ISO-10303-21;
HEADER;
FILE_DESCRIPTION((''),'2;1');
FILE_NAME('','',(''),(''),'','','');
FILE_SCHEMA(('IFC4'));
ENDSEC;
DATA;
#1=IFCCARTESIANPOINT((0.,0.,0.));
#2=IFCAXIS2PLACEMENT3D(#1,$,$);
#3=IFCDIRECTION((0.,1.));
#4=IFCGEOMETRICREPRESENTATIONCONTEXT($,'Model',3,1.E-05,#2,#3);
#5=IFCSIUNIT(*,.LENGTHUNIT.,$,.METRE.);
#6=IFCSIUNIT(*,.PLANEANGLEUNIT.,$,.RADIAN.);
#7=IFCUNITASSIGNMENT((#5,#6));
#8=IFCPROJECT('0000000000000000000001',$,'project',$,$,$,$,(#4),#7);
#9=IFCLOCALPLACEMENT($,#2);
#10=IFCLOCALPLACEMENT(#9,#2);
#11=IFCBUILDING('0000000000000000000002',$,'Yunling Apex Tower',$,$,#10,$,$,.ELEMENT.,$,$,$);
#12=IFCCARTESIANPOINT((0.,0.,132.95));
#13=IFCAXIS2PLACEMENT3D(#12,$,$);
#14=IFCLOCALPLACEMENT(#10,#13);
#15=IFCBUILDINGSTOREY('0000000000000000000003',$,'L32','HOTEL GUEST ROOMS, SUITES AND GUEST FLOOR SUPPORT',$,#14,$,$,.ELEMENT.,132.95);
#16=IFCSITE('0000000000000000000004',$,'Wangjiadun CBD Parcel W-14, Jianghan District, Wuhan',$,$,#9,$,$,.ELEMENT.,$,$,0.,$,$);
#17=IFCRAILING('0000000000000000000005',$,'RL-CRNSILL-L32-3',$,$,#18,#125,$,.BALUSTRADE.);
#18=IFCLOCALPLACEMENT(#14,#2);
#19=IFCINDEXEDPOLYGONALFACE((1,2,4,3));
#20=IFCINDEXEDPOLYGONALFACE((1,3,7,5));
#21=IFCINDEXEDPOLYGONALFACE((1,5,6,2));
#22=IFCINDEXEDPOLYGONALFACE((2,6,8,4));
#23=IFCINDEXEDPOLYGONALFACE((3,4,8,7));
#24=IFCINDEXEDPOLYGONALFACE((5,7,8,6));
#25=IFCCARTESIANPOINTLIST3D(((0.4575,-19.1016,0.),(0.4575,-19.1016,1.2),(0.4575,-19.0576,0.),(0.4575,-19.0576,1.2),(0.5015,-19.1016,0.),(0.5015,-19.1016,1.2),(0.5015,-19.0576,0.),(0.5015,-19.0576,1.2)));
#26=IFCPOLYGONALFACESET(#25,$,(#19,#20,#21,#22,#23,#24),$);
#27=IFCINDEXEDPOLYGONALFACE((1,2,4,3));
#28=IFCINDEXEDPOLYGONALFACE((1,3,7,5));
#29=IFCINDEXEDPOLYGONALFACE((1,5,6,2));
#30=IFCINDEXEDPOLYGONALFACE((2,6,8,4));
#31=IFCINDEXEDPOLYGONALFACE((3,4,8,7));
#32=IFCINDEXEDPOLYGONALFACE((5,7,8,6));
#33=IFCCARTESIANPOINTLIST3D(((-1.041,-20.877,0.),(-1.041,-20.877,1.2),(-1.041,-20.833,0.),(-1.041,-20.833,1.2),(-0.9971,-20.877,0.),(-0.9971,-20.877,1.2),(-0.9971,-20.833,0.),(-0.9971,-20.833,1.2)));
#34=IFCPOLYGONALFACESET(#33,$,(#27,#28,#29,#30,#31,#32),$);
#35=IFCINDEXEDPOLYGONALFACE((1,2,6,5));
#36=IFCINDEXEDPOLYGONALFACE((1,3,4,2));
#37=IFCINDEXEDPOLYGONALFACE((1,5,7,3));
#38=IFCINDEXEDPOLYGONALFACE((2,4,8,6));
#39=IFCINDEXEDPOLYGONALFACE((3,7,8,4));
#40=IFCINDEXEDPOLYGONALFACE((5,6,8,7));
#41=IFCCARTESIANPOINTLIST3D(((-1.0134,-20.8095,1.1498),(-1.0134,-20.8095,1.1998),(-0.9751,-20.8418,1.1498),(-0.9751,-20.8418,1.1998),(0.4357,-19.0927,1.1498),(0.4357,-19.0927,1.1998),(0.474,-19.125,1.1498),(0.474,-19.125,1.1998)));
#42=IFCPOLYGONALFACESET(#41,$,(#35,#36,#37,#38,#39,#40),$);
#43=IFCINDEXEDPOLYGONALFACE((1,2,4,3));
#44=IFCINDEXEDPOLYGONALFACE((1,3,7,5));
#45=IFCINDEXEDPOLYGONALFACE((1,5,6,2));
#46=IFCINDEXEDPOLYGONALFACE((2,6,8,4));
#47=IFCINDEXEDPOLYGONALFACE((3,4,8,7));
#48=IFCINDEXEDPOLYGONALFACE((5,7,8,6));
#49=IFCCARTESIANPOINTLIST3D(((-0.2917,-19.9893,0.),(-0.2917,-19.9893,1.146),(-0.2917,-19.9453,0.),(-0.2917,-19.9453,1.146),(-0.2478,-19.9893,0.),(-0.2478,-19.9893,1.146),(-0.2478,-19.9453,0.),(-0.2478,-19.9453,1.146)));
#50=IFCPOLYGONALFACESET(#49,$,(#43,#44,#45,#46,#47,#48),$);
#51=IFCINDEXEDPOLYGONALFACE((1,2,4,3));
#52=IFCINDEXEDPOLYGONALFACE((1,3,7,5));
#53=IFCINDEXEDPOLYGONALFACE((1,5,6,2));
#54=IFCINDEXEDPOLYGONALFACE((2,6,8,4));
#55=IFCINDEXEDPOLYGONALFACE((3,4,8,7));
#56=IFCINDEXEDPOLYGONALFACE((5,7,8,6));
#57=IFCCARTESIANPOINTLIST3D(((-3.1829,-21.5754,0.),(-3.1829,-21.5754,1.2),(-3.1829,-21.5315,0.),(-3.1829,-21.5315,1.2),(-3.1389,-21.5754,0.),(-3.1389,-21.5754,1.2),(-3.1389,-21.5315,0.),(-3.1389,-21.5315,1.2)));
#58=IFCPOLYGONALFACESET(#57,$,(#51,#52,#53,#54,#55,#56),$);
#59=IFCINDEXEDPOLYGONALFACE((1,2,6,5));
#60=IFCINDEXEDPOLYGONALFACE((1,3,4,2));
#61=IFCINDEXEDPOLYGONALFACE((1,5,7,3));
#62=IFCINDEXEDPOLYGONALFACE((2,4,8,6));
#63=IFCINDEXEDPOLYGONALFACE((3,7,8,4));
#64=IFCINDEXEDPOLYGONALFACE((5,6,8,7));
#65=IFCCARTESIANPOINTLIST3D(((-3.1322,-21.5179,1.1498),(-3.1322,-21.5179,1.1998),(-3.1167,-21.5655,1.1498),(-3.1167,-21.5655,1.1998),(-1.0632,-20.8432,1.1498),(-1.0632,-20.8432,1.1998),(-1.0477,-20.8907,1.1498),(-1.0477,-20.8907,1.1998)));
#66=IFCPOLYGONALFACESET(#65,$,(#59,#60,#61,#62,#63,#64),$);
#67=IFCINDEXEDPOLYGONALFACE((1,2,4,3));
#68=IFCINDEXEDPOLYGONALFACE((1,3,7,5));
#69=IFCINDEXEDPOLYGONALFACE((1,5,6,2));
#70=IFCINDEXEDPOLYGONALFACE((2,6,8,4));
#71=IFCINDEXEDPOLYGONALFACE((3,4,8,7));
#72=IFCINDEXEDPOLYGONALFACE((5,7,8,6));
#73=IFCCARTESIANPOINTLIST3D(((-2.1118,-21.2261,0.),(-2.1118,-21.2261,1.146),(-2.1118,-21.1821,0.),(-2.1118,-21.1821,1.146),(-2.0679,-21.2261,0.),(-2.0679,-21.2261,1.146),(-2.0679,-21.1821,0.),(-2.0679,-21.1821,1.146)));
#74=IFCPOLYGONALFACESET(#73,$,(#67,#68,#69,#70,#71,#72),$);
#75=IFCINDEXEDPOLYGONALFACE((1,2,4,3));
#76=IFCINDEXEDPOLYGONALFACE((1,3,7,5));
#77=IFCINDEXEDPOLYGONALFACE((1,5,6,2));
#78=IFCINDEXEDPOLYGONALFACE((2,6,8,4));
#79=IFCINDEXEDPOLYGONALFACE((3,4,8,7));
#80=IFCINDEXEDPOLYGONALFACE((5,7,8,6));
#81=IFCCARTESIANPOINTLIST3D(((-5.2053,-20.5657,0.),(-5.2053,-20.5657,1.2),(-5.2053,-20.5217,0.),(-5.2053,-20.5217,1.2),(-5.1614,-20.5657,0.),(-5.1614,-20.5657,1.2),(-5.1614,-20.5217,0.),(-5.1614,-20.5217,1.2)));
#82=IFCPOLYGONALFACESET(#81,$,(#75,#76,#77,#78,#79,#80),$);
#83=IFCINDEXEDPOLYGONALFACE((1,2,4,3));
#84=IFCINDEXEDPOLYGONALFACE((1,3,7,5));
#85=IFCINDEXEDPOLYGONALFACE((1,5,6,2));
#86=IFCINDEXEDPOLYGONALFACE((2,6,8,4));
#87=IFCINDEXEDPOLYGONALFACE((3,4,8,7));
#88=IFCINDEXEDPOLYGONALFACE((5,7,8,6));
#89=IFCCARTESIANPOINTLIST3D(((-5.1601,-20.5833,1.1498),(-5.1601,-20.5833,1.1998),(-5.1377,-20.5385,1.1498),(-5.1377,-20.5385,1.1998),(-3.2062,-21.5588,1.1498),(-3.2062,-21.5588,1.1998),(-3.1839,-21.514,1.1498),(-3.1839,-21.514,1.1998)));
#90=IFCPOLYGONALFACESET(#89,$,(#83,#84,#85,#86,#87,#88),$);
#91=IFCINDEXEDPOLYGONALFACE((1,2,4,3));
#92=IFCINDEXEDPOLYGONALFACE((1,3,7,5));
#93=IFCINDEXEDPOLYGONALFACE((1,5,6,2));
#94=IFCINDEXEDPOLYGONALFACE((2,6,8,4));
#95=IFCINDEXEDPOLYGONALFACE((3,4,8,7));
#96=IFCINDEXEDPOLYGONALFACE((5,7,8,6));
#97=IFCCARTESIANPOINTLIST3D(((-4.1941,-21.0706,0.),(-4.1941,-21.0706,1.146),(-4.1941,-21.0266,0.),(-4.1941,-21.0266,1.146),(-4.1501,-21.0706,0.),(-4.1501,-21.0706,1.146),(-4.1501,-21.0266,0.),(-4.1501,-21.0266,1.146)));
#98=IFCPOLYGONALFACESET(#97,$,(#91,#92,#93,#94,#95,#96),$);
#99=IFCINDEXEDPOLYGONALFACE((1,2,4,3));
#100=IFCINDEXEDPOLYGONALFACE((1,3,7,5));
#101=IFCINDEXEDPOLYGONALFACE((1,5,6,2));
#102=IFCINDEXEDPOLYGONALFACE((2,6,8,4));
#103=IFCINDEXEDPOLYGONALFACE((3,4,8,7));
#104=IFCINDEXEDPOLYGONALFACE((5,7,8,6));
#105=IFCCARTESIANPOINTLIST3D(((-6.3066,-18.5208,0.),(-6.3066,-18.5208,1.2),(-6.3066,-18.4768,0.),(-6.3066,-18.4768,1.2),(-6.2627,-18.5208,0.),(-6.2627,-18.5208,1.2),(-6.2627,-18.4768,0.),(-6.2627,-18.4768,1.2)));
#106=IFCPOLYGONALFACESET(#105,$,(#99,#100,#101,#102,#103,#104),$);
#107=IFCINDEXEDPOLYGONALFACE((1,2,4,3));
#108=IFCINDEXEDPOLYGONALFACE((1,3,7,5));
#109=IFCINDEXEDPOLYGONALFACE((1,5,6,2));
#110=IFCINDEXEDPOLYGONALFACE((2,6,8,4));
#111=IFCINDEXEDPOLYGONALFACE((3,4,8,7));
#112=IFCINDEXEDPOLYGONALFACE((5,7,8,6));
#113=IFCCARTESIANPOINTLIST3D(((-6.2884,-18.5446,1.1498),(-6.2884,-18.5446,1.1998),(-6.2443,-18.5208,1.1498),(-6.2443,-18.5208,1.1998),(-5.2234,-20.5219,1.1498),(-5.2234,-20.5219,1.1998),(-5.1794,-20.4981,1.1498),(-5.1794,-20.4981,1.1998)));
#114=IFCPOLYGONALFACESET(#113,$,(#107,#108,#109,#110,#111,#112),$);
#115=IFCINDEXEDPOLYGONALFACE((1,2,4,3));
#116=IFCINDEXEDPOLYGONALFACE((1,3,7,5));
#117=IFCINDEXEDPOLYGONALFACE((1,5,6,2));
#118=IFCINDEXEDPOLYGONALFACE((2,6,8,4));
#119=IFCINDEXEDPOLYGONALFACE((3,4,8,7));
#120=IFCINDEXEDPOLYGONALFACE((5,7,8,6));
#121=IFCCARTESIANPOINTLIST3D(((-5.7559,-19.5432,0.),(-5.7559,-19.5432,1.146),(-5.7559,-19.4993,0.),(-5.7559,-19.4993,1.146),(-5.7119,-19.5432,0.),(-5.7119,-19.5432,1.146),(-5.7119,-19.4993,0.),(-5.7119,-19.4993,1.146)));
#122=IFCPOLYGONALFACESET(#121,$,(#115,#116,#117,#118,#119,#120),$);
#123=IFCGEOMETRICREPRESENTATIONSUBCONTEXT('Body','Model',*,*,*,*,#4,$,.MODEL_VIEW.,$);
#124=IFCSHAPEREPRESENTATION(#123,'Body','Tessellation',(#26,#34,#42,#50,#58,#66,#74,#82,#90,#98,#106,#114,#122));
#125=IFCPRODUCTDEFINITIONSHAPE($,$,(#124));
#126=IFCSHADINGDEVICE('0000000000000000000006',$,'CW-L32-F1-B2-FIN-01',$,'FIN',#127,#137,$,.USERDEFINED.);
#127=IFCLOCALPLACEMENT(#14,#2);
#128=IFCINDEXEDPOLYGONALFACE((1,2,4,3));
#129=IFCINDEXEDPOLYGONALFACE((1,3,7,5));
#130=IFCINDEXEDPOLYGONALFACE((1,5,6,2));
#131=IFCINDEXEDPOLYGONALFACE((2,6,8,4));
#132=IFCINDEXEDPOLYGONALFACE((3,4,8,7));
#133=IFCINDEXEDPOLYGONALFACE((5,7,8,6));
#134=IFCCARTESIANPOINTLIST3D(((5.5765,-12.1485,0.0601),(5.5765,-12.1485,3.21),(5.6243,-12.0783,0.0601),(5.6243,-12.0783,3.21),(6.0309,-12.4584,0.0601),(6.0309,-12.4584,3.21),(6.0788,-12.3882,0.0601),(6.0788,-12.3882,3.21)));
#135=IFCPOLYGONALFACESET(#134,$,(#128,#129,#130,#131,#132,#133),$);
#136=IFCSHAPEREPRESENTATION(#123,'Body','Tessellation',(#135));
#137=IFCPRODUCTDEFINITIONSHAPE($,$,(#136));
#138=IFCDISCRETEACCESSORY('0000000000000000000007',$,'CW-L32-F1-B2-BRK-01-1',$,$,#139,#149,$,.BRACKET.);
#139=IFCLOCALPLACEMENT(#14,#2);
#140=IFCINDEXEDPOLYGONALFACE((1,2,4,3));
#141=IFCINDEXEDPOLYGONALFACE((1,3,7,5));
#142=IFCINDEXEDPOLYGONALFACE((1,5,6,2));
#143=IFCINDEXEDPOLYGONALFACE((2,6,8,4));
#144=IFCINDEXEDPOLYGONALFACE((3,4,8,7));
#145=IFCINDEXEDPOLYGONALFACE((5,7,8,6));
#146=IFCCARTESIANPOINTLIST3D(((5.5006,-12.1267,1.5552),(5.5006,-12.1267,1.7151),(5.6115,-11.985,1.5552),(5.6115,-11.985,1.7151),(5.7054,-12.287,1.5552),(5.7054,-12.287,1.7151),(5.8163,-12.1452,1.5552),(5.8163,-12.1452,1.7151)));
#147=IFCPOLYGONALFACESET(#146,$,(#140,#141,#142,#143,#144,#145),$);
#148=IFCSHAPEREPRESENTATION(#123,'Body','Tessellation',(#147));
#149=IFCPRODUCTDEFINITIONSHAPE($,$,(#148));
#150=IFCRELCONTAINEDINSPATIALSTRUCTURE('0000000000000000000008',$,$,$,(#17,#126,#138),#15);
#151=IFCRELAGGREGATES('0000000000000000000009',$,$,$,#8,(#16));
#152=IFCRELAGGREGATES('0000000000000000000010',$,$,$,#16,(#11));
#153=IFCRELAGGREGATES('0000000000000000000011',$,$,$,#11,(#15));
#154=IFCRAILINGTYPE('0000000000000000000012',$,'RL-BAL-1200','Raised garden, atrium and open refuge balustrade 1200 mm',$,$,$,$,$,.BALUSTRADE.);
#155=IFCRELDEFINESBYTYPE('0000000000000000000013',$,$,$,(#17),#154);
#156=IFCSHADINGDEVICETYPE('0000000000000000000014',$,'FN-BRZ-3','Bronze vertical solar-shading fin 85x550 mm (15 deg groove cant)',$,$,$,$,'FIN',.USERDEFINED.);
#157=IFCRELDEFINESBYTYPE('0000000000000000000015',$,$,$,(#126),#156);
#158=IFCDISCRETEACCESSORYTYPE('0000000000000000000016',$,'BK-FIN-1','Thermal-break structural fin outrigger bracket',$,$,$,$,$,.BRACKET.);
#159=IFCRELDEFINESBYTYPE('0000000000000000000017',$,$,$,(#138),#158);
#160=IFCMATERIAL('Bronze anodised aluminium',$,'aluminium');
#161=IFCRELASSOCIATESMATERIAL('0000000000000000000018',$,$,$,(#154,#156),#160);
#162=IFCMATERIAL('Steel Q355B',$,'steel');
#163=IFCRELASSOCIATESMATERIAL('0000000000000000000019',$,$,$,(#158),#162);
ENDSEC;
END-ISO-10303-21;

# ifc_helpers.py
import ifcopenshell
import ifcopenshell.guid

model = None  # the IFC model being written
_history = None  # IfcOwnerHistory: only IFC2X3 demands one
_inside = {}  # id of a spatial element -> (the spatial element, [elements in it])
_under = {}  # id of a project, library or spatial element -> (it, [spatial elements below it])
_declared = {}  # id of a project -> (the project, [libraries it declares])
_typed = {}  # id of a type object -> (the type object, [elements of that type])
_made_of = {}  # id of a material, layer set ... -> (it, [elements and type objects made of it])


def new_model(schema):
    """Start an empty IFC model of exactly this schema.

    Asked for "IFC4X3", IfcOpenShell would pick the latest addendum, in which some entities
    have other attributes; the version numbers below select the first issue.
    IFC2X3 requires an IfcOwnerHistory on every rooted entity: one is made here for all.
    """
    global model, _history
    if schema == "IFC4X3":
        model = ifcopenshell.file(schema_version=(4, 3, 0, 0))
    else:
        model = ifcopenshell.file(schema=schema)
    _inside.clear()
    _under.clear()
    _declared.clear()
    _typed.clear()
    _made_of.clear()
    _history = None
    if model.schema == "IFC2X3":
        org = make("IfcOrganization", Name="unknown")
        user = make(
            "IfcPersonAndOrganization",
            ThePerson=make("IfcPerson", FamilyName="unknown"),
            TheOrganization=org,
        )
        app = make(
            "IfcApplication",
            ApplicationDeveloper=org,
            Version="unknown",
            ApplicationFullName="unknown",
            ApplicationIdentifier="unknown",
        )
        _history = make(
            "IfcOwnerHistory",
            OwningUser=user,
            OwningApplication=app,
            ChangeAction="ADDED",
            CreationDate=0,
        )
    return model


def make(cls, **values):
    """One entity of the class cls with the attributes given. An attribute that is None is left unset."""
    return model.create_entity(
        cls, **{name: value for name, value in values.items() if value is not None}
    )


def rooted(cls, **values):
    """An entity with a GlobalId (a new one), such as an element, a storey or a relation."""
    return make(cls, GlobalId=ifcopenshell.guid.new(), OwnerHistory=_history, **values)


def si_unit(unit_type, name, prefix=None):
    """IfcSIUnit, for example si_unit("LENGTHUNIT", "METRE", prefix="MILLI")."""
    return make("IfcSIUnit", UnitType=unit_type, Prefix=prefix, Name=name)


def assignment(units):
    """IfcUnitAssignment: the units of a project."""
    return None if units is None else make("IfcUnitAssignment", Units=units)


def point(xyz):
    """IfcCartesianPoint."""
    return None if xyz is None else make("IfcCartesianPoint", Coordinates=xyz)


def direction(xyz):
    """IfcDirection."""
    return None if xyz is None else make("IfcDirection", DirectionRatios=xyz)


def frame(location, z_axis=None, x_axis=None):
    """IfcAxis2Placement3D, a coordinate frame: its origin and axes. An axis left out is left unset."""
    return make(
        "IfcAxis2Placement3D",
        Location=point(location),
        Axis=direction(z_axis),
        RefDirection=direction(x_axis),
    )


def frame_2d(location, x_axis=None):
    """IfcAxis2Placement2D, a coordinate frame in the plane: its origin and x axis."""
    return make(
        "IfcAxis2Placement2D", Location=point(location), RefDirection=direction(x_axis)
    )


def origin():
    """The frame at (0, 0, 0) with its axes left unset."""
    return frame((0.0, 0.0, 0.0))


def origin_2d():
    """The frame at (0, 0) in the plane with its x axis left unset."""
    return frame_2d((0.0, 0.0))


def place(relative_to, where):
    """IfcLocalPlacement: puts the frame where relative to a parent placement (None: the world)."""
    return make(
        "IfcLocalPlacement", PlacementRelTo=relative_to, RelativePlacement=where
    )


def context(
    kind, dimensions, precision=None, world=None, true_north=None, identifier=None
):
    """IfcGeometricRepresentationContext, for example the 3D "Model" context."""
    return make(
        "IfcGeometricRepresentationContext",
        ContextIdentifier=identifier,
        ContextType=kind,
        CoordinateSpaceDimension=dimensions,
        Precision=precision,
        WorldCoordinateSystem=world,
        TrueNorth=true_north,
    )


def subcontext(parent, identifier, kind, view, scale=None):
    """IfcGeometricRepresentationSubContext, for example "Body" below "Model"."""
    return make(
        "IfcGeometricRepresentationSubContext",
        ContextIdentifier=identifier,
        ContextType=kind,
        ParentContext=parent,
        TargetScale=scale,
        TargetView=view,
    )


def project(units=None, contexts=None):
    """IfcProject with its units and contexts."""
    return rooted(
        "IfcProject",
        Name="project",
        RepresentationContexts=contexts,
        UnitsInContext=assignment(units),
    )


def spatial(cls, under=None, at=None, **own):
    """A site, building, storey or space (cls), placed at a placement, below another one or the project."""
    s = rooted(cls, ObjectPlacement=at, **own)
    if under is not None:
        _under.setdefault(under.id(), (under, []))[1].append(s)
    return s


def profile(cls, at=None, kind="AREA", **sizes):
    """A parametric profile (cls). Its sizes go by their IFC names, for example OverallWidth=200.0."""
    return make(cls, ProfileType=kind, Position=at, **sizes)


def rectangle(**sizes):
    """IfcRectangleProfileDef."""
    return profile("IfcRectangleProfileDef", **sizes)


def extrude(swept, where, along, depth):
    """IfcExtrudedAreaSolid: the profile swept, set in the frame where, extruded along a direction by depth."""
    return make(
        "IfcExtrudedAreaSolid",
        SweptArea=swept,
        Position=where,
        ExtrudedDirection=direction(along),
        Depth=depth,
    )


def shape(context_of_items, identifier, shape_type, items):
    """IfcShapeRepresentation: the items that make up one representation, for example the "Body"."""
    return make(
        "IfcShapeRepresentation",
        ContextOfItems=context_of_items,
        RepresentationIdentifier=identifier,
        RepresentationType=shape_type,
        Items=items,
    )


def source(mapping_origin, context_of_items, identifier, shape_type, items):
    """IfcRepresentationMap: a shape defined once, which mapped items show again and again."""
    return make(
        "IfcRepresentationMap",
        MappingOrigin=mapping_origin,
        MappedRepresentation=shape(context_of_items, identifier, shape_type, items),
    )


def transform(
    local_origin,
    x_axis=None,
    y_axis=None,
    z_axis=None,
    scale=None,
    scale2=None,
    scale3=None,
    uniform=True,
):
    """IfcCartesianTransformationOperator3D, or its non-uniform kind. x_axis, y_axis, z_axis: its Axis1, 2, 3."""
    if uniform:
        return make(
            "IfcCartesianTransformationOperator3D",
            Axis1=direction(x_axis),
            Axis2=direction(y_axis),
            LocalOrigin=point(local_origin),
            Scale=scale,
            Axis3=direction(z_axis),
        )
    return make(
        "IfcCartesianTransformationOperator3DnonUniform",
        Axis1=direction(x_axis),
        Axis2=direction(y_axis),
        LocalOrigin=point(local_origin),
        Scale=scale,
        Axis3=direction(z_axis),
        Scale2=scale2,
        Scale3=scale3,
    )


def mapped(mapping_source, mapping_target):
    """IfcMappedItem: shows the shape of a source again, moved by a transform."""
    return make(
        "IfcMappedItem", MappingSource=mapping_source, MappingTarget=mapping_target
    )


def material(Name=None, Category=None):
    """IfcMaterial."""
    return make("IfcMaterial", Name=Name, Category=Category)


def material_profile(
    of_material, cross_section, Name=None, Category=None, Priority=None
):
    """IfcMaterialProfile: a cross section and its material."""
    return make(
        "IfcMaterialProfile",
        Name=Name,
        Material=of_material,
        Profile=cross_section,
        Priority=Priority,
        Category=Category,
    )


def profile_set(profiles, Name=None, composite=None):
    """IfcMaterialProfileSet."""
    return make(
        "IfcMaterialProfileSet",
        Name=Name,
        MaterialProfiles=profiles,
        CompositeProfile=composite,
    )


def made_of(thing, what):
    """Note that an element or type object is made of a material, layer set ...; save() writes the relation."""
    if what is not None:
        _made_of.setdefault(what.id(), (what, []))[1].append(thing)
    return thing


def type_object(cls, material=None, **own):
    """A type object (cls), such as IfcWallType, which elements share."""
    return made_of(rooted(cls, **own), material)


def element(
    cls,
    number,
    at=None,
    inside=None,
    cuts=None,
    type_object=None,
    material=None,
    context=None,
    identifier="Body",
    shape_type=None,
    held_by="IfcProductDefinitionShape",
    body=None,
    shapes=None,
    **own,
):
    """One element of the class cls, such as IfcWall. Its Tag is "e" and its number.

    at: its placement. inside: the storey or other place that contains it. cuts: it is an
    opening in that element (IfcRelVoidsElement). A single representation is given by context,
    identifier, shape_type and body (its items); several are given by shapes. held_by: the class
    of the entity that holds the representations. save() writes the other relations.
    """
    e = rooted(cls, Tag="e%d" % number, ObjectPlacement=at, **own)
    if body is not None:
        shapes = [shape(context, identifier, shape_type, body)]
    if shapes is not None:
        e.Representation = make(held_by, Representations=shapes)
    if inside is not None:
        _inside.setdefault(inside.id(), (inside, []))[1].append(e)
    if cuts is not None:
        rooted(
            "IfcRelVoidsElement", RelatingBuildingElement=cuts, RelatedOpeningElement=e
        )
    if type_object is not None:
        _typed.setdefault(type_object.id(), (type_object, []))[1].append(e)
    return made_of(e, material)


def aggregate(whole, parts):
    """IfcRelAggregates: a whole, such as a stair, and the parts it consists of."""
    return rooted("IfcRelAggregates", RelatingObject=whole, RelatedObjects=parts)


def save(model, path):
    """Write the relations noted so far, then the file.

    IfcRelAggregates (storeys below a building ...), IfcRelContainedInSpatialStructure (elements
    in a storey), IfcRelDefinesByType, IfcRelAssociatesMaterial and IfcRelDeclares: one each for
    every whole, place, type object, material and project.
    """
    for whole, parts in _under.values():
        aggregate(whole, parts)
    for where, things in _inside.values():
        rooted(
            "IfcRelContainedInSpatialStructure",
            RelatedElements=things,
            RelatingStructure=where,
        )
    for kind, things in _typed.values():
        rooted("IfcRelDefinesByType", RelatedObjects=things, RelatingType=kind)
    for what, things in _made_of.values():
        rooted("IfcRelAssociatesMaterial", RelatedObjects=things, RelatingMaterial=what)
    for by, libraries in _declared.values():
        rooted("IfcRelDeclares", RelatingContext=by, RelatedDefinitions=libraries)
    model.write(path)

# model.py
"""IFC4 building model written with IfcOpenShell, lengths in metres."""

from ifc_helpers import new_model, si_unit, direction, frame, origin, origin_2d, place, context, subcontext, project, spatial, rectangle, extrude, source, transform, mapped, material, material_profile, profile_set, type_object, element, save


model = new_model("IFC4")

# Units and contexts
model_context = context("Model", 3, precision=1e-05, world=origin(), true_north=direction((0.0, 1.0)))
body_context = subcontext(model_context, "Body", "Model", "MODEL_VIEW")
ifc_project = project(units=[si_unit("LENGTHUNIT", "METRE"), si_unit("PLANEANGLEUNIT", "RADIAN")], contexts=[model_context])

# Site, building, storey
site_placement = place(None, origin())
site = spatial("IfcSite", under=ifc_project, at=site_placement, Name="Wangjiadun CBD Parcel W-14, Jianghan District, Wuhan", CompositionType="ELEMENT", RefElevation=0.0)
building_placement = place(site_placement, origin())
building = spatial("IfcBuilding", under=site, at=building_placement, Name="Yunling Apex Tower", CompositionType="ELEMENT")
storey_placement = place(building_placement, frame((0.0, 0.0, 132.95)))
storey = spatial("IfcBuildingStorey", under=building, at=storey_placement, Name="L32", Description="HOTEL GUEST ROOMS, SUITES AND GUEST FLOOR SUPPORT", CompositionType="ELEMENT", Elevation=132.95)

# Shared definitions
ifc_material_1 = material(Name="Steel Q355B", Category="steel")

# Shared definitions
ifc_material_2 = material(Name="Bronze anodised aluminium", Category="aluminium")

# Railing
railing_type = type_object("IfcRailingType", Name="RL-BAL-1200", Description="Raised garden, atrium and open refuge balustrade 1200 mm", PredefinedType="BALUSTRADE", material=ifc_material_2)
railing_placement = place(storey_placement, frame((0.4795, -19.0796, 0.0)))
element("IfcRailing", 1, at=railing_placement, inside=storey, type_object=railing_type, Name="RL-CRNSILL-L32-3", PredefinedType="BALUSTRADE", context=body_context, shape_type="SweptSolid", body=[
    extrude(rectangle(XDim=0.0439, YDim=0.0439, at=origin_2d()), origin(), (0.0, 0.0, 1.0), 1.2),
    extrude(rectangle(XDim=0.0439, YDim=0.0439, at=origin_2d()), frame((-1.4985, -1.7754, 0.0)), (0.0, 0.0, 1.0), 1.2),
    extrude(rectangle(XDim=0.05, YDim=0.05, at=origin_2d()), frame((-0.0247, -0.0293, 1.1748), z_axis=(-0.645009, -0.764175, 0.0), x_axis=(0.764175, -0.645009, 0.0)), (0.0, 0.0, 1.0), 2.2466),
    extrude(rectangle(XDim=0.0439, YDim=0.0439, at=origin_2d()), frame((-0.7493, -0.8877, 0.0)), (0.0, 0.0, 1.0), 1.146),
    extrude(rectangle(XDim=0.0439, YDim=0.0439, at=origin_2d()), frame((-3.6404, -2.4739, 0.0)), (0.0, 0.0, 1.0), 1.2),
    extrude(rectangle(XDim=0.05, YDim=0.05, at=origin_2d()), frame((-1.5349, -1.7874, 1.1748), z_axis=(-0.950722, -0.310044, 0.0), x_axis=(0.310044, -0.950722, 0.0)), (0.0, 0.0, 1.0), 2.1763),
    extrude(rectangle(XDim=0.0439, YDim=0.0439, at=origin_2d()), frame((-2.5693, -2.1245, 0.0)), (0.0, 0.0, 1.0), 1.146),
    extrude(rectangle(XDim=0.0439, YDim=0.0439, at=origin_2d()), frame((-5.6628, -1.4641, 0.0)), (0.0, 0.0, 1.0), 1.2),
    extrude(rectangle(XDim=0.05, YDim=0.05, at=origin_2d()), frame((-3.6746, -2.4568, 1.1748), z_axis=(-0.894686, 0.446695, 0.0), x_axis=(-0.446695, -0.894686, 0.0)), (0.0, 0.0, 1.0), 2.1838),
    extrude(rectangle(XDim=0.0439, YDim=0.0439, at=origin_2d()), frame((-4.6516, -1.969, 0.0)), (0.0, 0.0, 1.0), 1.146),
    extrude(rectangle(XDim=0.0439, YDim=0.0439, at=origin_2d()), frame((-6.7642, 0.5808, 0.0)), (0.0, 0.0, 1.0), 1.2),
    extrude(rectangle(XDim=0.05, YDim=0.05, at=origin_2d()), frame((-5.6809, -1.4304, 1.1748), z_axis=(-0.474169, 0.880434, 0.0), x_axis=(-0.880434, -0.474169, 0.0)), (0.0, 0.0, 1.0), 2.2458),
    extrude(rectangle(XDim=0.0439, YDim=0.0439, at=origin_2d()), frame((-6.2134, -0.4417, 0.0)), (0.0, 0.0, 1.0), 1.146),
])

# Shading device
ifc_material_profile_1 = material_profile(ifc_material_2, rectangle(XDim=0.085, YDim=0.55, at=origin_2d()))
ifc_profile_set_1 = profile_set([ifc_material_profile_1], Name="Bronze anodised aluminium")
shading_device_type = type_object("IfcShadingDeviceType", Name="FN-BRZ-3", Description="Bronze vertical solar-shading fin 85x550 mm (15 deg groove cant)", ElementType="FIN", PredefinedType="USERDEFINED", material=ifc_profile_set_1)
shared_shape_1 = source(origin(), body_context, "Body", "SweptSolid", [
    extrude(rectangle(XDim=0.085, YDim=0.55, at=origin_2d()), origin(), (0.0, 0.0, 1.0), 3.1499),
])
shading_device_placement = place(storey_placement, frame((5.8276, -12.2683, 0.0601), z_axis=(0.0, 0.0, 1.0), x_axis=(0.563382, 0.826197, 0.0)))
element("IfcShadingDevice", 2, at=shading_device_placement, inside=storey, type_object=shading_device_type, Name="CW-L32-F1-B2-FIN-01", ObjectType="FIN", PredefinedType="USERDEFINED", context=body_context, shape_type="MappedRepresentation", body=[
    mapped(shared_shape_1, transform((0.0, 0.0, 0.0), scale=1.0)),
])

# Discrete accessory
discrete_accessory_type = type_object("IfcDiscreteAccessoryType", Name="BK-FIN-1", Description="Thermal-break structural fin outrigger bracket", PredefinedType="BRACKET", material=ifc_material_1)
shared_shape_2 = source(origin(), body_context, "Body", "SweptSolid", [
    extrude(rectangle(XDim=0.1799, YDim=0.26, at=origin_2d()), origin(), (0.0, 0.0, 1.0), 0.1599),
])
discrete_accessory_placement = place(storey_placement, frame((5.6584, -12.136, 1.5552), z_axis=(0.0, 0.0, 1.0), x_axis=(0.616211, 0.787581, 0.0)))
element("IfcDiscreteAccessory", 3, at=discrete_accessory_placement, inside=storey, type_object=discrete_accessory_type, Name="CW-L32-F1-B2-BRK-01-1", PredefinedType="BRACKET", context=body_context, shape_type="MappedRepresentation", body=[
    mapped(shared_shape_2, transform((0.0, 0.0, 0.0), scale=1.0)),
])

save(model, "model.ifc")
